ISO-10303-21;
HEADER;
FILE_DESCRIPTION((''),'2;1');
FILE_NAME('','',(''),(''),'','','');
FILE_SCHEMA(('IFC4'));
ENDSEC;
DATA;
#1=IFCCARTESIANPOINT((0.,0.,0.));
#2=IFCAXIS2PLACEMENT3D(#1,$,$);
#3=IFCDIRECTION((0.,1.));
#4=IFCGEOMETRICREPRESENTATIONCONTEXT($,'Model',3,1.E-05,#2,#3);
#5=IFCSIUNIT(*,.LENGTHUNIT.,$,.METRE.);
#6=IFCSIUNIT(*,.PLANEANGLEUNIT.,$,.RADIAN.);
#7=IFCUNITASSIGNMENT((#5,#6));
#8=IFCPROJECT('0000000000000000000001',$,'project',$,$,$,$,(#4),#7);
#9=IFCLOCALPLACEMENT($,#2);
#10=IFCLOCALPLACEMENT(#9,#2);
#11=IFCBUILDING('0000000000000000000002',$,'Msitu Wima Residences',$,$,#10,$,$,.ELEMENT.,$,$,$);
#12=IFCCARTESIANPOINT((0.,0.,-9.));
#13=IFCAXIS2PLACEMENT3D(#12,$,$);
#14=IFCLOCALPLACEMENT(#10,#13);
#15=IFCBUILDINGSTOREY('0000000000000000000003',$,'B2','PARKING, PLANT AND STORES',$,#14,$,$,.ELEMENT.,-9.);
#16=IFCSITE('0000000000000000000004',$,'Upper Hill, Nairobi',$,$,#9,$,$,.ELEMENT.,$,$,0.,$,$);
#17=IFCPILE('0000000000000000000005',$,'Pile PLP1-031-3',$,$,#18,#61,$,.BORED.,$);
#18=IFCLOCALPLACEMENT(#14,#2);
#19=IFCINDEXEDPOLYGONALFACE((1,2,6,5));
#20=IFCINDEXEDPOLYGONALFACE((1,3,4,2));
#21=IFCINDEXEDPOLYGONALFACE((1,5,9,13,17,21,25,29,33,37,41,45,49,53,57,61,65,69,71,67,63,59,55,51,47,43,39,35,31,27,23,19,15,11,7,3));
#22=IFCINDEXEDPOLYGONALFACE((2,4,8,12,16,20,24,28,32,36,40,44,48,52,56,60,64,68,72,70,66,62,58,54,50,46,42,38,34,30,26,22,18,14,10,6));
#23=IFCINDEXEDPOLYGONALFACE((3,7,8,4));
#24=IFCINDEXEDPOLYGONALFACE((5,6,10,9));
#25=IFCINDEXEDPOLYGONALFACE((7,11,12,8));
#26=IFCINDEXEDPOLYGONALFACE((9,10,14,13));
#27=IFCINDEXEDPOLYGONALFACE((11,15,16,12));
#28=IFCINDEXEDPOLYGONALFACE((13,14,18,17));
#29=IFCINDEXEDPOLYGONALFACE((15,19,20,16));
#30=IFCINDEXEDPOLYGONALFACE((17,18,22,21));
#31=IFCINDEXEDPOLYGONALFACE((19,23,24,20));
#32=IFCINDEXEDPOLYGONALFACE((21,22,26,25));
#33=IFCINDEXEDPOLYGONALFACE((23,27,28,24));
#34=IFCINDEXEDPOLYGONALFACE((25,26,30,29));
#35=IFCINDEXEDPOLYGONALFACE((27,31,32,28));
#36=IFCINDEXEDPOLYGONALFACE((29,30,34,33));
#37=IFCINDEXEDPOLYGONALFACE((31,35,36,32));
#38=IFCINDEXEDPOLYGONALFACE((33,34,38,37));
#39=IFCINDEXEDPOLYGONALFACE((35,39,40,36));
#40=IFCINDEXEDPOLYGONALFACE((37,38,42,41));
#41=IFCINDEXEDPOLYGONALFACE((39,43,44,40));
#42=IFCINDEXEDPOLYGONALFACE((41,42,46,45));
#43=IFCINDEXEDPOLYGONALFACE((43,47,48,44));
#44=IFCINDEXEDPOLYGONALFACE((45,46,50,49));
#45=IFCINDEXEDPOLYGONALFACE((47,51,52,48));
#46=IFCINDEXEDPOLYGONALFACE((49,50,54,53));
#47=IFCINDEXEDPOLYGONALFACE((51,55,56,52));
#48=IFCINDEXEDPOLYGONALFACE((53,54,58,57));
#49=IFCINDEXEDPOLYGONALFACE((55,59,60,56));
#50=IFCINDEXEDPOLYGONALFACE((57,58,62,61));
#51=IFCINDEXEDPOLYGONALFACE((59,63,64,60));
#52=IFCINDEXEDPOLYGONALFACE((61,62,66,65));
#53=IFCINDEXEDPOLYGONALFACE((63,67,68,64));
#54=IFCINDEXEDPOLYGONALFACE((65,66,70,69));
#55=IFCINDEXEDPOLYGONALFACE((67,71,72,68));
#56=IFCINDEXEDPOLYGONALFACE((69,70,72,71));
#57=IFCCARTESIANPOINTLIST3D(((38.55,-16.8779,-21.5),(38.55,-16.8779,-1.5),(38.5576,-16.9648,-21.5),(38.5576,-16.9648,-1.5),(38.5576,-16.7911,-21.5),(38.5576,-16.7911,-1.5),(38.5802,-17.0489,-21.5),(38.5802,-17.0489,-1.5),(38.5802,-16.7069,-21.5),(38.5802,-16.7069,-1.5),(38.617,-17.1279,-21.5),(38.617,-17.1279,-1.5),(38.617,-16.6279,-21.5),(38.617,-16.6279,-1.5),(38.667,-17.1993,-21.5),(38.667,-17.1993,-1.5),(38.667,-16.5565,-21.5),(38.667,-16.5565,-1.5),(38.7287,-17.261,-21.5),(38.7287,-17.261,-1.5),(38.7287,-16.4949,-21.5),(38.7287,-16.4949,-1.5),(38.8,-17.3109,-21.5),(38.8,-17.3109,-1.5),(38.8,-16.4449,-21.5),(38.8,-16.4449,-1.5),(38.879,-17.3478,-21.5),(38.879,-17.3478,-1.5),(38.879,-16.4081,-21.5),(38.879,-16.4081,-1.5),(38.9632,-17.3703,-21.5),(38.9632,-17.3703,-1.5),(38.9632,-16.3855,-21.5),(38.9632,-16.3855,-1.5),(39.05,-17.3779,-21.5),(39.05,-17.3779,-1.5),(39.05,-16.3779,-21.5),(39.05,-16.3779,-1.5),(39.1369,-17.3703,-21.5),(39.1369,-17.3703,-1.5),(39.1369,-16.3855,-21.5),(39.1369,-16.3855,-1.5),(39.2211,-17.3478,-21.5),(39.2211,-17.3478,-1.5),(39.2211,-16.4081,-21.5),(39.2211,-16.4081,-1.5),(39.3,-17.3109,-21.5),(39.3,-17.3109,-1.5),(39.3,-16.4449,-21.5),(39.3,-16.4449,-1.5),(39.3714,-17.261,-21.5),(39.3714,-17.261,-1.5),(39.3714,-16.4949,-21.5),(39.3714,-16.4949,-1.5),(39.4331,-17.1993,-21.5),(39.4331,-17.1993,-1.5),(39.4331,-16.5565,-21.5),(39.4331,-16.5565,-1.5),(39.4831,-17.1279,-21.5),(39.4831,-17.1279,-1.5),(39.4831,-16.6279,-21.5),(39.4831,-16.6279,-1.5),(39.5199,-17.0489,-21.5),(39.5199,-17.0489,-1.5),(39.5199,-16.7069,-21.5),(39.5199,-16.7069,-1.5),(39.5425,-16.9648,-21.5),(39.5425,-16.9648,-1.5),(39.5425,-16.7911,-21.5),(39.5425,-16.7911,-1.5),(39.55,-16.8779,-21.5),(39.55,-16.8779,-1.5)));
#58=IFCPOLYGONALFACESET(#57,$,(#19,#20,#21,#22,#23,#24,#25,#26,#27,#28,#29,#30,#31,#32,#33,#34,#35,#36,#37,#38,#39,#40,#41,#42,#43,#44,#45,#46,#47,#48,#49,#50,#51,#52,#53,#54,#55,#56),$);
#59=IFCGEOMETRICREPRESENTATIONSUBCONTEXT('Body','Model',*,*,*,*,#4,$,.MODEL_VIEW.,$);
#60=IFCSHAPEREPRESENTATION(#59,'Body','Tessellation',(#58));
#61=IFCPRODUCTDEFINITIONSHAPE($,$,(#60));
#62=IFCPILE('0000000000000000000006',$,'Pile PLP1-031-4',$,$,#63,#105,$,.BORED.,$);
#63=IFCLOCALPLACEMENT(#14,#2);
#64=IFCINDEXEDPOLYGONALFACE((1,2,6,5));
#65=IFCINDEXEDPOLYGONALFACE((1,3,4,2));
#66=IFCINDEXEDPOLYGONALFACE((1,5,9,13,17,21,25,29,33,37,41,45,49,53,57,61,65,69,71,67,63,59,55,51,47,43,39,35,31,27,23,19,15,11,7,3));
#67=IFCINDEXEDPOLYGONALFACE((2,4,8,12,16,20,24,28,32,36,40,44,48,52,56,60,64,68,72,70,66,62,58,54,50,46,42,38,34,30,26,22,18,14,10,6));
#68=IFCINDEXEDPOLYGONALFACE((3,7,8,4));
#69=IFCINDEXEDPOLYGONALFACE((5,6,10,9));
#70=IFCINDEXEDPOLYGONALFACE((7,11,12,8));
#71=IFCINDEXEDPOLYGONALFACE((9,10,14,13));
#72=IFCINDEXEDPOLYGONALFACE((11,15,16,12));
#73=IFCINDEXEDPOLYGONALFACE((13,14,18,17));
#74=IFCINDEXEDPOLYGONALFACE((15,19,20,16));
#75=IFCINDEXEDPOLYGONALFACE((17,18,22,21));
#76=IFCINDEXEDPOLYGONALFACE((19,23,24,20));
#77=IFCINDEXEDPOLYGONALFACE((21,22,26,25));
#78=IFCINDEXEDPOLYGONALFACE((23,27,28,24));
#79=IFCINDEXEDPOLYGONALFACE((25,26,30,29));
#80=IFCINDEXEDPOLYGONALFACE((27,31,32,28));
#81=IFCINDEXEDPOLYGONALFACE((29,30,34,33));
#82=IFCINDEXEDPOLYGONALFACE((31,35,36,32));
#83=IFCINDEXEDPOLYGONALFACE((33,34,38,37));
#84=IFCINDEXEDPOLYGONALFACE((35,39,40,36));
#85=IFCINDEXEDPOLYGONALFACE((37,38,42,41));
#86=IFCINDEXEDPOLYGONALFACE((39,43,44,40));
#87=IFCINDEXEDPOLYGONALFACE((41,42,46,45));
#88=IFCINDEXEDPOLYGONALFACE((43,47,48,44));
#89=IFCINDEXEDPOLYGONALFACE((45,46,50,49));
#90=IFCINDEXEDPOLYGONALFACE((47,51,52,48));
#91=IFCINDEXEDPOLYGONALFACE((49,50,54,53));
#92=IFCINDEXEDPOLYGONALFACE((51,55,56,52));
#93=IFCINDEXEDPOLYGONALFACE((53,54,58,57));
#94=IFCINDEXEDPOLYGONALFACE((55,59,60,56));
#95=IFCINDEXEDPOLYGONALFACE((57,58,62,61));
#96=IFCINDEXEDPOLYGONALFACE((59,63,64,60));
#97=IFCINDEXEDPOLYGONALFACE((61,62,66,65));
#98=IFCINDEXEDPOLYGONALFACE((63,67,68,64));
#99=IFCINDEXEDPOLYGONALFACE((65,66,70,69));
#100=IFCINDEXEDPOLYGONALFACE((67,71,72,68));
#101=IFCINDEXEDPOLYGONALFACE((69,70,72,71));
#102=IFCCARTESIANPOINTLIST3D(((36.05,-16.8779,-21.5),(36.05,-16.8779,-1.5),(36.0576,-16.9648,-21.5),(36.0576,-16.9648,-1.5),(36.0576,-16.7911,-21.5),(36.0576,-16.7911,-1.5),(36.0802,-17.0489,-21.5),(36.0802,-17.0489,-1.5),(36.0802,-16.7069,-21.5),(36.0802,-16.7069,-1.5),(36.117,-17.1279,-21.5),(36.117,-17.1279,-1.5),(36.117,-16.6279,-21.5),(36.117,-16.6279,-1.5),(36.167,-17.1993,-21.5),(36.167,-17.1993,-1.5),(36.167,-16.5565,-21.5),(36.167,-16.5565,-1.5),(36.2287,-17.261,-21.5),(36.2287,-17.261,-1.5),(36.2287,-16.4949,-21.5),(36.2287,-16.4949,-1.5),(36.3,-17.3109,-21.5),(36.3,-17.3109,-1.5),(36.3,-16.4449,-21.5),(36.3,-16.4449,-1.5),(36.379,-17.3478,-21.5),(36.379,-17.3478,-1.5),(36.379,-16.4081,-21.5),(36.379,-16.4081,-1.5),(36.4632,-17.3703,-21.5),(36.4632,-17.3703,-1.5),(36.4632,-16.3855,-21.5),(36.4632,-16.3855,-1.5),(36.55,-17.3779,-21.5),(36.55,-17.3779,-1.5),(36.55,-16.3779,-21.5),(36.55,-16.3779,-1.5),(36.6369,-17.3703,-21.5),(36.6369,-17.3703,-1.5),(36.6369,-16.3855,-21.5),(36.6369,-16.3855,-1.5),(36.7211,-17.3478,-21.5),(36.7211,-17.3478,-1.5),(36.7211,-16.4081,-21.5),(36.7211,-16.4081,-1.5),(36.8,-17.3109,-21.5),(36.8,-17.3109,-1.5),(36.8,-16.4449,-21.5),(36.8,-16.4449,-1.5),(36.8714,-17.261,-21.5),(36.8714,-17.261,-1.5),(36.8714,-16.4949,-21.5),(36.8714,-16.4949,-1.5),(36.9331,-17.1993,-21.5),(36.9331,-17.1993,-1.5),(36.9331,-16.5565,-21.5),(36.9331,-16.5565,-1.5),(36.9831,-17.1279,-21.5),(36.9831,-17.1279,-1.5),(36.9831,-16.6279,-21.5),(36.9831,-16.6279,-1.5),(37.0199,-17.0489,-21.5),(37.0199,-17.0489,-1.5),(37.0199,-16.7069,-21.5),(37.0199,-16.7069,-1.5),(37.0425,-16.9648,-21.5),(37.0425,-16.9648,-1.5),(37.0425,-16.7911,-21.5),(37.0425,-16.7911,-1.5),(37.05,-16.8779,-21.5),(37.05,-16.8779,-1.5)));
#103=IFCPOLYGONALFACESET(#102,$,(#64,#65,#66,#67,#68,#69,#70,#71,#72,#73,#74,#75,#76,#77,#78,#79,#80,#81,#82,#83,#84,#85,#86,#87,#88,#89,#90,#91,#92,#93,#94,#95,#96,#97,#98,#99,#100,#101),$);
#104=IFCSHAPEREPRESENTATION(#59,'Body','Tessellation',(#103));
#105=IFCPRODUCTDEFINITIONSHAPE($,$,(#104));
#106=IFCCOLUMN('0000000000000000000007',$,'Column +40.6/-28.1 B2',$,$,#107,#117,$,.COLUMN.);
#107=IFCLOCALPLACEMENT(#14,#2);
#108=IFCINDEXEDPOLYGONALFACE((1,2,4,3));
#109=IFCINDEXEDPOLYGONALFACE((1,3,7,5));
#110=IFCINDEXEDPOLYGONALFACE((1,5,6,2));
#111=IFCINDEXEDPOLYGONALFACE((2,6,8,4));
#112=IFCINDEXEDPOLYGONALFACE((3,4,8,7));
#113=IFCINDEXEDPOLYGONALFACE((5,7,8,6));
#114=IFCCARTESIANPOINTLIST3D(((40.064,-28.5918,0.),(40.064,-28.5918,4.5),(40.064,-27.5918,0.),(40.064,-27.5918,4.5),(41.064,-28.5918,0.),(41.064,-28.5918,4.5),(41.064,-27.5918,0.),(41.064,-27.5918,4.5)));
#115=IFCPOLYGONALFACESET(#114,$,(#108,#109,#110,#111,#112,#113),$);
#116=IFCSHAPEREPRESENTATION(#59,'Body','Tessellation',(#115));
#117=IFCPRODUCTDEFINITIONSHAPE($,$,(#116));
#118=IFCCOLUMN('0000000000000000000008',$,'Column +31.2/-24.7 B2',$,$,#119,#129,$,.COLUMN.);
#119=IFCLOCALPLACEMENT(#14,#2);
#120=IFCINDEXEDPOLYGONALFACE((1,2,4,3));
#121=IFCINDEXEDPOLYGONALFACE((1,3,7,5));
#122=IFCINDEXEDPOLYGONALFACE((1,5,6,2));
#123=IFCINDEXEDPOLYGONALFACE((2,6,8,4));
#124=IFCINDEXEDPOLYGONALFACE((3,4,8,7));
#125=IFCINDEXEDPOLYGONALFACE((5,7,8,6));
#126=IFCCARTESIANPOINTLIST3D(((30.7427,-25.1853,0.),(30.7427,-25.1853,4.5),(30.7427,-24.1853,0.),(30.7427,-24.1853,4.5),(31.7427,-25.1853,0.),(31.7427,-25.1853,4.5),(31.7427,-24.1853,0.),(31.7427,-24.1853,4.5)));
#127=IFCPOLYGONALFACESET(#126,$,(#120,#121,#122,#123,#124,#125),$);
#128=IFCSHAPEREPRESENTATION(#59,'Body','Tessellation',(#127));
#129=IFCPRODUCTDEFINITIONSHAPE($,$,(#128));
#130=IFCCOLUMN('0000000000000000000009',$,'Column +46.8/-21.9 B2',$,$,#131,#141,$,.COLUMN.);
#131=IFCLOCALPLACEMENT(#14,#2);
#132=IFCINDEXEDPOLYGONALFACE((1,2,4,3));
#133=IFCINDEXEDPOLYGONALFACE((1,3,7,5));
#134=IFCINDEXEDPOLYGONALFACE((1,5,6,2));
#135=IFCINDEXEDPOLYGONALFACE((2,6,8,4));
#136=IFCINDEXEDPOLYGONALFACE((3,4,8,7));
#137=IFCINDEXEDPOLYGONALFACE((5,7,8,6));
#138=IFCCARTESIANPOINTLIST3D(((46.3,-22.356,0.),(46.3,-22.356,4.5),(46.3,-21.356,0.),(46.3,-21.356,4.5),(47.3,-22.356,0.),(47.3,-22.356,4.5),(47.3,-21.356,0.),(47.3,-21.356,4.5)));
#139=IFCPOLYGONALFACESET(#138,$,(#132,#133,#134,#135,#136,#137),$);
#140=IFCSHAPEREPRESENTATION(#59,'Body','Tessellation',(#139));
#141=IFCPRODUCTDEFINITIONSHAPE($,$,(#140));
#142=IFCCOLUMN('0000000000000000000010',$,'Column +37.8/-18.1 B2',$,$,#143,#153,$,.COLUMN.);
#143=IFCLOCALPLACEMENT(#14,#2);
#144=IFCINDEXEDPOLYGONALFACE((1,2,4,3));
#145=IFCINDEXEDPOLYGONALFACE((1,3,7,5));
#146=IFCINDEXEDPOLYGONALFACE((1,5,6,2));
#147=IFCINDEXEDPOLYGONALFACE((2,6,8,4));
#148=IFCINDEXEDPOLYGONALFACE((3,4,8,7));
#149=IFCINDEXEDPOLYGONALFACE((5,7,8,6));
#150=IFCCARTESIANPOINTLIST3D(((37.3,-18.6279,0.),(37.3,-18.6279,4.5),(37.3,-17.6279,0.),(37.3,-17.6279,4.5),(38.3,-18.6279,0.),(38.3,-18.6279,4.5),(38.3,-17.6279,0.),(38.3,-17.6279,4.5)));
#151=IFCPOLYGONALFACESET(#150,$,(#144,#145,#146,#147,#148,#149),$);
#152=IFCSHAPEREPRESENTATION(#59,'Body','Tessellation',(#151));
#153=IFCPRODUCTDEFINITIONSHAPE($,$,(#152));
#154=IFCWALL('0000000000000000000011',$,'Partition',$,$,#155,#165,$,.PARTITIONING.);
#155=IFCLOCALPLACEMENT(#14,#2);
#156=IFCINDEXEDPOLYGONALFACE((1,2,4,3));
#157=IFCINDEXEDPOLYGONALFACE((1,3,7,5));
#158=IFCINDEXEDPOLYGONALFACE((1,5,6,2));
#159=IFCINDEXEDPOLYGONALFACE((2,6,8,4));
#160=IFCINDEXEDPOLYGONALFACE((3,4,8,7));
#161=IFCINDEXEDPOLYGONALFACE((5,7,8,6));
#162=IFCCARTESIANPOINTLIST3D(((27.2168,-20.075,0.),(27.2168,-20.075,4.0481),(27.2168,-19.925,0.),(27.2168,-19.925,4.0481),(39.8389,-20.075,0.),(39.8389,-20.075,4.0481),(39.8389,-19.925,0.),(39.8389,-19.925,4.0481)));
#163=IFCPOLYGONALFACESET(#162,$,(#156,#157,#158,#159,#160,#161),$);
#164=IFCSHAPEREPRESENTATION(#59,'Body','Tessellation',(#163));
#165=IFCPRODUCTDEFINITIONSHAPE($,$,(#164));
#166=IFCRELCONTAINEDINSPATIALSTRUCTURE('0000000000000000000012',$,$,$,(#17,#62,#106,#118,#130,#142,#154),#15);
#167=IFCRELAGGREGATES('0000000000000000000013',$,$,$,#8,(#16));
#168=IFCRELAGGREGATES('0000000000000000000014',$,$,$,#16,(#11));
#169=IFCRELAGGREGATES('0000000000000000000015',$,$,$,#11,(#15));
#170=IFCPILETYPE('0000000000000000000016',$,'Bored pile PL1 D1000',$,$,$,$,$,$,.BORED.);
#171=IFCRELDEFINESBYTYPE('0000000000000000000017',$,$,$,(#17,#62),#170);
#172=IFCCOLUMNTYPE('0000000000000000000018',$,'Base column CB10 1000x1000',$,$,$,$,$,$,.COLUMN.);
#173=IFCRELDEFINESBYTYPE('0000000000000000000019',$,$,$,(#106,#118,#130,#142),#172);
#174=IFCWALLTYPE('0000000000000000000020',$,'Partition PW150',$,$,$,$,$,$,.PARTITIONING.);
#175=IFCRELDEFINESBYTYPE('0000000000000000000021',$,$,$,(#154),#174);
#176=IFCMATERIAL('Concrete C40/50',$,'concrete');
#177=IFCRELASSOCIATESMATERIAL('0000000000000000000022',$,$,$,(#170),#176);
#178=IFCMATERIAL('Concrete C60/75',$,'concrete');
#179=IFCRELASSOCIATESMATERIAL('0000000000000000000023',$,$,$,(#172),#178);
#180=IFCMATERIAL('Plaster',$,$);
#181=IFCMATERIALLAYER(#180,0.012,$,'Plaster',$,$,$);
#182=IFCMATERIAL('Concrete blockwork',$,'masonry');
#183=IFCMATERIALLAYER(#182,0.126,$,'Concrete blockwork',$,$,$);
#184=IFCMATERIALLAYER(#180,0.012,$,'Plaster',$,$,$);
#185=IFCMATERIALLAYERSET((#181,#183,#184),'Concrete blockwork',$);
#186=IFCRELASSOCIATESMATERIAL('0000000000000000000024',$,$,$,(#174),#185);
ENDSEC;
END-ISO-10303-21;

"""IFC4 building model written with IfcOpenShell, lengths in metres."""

from ifc_helpers import new_model, si_unit, direction, frame, frame_2d, origin, origin_2d, place, context, subcontext, project, spatial, rectangle, circle, extrude, material, layer, layer_set, material_profile, profile_set, type_object, element, save


model = new_model("IFC4")

# Units and contexts
model_context = context("Model", 3, precision=1e-05, world=origin(), true_north=direction((0.0, 1.0)))
body_context = subcontext(model_context, "Body", "Model", "MODEL_VIEW")
ifc_project = project(units=[si_unit("LENGTHUNIT", "METRE"), si_unit("PLANEANGLEUNIT", "RADIAN")], contexts=[model_context])

# Site, building, storey
site_placement = place(None, origin())
site = spatial("IfcSite", under=ifc_project, at=site_placement, Name="Upper Hill, Nairobi", CompositionType="ELEMENT", RefElevation=0.0)
building_placement = place(site_placement, origin())
building = spatial("IfcBuilding", under=site, at=building_placement, Name="Msitu Wima Residences", CompositionType="ELEMENT")
storey_placement = place(building_placement, frame((0.0, 0.0, -9.0)))
storey = spatial("IfcBuildingStorey", under=building, at=storey_placement, Name="B2", Description="PARKING, PLANT AND STORES", CompositionType="ELEMENT", Elevation=-9.0)

# Piles
ifc_material_1 = material(Name="Concrete C40/50", Category="concrete")
pile_type_1 = type_object("IfcPileType", Name="Bored pile PL1 D1000", PredefinedType="BORED", material=ifc_material_1)
for number, where, z_axis, x_axis, name in (
    (1, (39.05, -16.8779, -1.5), (0.0, 0.0, -1.0), (1.0, 0.0, 0.0), "Pile PLP1-031-3"),
    (2, (36.55, -16.8779, -1.5), (0.0, 0.0, -1.0), (1.0, 0.0, 0.0), "Pile PLP1-031-4"),
):
    element("IfcPile", number, at=place(storey_placement, frame(where, z_axis=z_axis, x_axis=x_axis)), inside=storey, type_object=pile_type_1, Name=name, PredefinedType="BORED", context=body_context, shape_type="SweptSolid", body=[
        extrude(circle(Radius=0.5, at=origin_2d()), origin(), (0.0, 0.0, 1.0), 20.0),
    ])

# Columns
ifc_material_2 = material(Name="Concrete C60/75", Category="concrete")
ifc_material_profile = material_profile(ifc_material_2, rectangle(XDim=1.0, YDim=1.0, at=origin_2d()), Name="RC 1000x1000")
ifc_profile_set = profile_set([ifc_material_profile], Name="Concrete C60/75")
column_type = type_object("IfcColumnType", Name="Base column CB10 1000x1000", PredefinedType="COLUMN", material=ifc_profile_set)
for number, where, z_axis, x_axis, name in (
    (3, (40.564, -28.0918, 0.0), (0.0, 0.0, 1.0), (1.0, 0.0, 0.0), "Column +40.6/-28.1 B2"),
    (4, (31.2427, -24.6853, 0.0), (0.0, 0.0, 1.0), (1.0, 0.0, 0.0), "Column +31.2/-24.7 B2"),
    (5, (46.8, -21.856, 0.0), (0.0, 0.0, 1.0), (1.0, 0.0, 0.0), "Column +46.8/-21.9 B2"),
    (6, (37.8, -18.1279, 0.0), (0.0, 0.0, 1.0), (1.0, 0.0, 0.0), "Column +37.8/-18.1 B2"),
):
    element("IfcColumn", number, at=place(storey_placement, frame(where, z_axis=z_axis, x_axis=x_axis)), inside=storey, type_object=column_type, Name=name, PredefinedType="COLUMN", context=body_context, shape_type="SweptSolid", body=[
        extrude(rectangle(XDim=1.0, YDim=1.0, at=origin_2d()), origin(), (0.0, 0.0, 1.0), 4.5),
    ])

# Wall
ifc_material_3 = material(Name="Plaster")
ifc_layer_1 = layer(ifc_material_3, 0.012, Name="Plaster")
ifc_material_4 = material(Name="Concrete blockwork", Category="masonry")
ifc_layer_2 = layer(ifc_material_4, 0.126, Name="Concrete blockwork")
ifc_layer_3 = layer(ifc_material_3, 0.012, Name="Plaster")
ifc_layer_set = layer_set([ifc_layer_1, ifc_layer_2, ifc_layer_3], Name="Concrete blockwork")
wall_type = type_object("IfcWallType", Name="Partition PW150", PredefinedType="PARTITIONING", material=ifc_layer_set)
wall_placement = place(storey_placement, frame((27.2168, -20.0, 0.0), z_axis=(0.0, 0.0, 1.0), x_axis=(1.0, 0.0, 0.0)))
element("IfcWall", 7, at=wall_placement, inside=storey, type_object=wall_type, Name="Partition", PredefinedType="PARTITIONING", context=body_context, shape_type="SweptSolid", body=[
    extrude(rectangle(XDim=12.6221, YDim=0.1499, at=frame_2d((6.311, 0.0))), origin(), (0.0, 0.0, 1.0), 4.0481),
])

save(model, "model.ifc")
